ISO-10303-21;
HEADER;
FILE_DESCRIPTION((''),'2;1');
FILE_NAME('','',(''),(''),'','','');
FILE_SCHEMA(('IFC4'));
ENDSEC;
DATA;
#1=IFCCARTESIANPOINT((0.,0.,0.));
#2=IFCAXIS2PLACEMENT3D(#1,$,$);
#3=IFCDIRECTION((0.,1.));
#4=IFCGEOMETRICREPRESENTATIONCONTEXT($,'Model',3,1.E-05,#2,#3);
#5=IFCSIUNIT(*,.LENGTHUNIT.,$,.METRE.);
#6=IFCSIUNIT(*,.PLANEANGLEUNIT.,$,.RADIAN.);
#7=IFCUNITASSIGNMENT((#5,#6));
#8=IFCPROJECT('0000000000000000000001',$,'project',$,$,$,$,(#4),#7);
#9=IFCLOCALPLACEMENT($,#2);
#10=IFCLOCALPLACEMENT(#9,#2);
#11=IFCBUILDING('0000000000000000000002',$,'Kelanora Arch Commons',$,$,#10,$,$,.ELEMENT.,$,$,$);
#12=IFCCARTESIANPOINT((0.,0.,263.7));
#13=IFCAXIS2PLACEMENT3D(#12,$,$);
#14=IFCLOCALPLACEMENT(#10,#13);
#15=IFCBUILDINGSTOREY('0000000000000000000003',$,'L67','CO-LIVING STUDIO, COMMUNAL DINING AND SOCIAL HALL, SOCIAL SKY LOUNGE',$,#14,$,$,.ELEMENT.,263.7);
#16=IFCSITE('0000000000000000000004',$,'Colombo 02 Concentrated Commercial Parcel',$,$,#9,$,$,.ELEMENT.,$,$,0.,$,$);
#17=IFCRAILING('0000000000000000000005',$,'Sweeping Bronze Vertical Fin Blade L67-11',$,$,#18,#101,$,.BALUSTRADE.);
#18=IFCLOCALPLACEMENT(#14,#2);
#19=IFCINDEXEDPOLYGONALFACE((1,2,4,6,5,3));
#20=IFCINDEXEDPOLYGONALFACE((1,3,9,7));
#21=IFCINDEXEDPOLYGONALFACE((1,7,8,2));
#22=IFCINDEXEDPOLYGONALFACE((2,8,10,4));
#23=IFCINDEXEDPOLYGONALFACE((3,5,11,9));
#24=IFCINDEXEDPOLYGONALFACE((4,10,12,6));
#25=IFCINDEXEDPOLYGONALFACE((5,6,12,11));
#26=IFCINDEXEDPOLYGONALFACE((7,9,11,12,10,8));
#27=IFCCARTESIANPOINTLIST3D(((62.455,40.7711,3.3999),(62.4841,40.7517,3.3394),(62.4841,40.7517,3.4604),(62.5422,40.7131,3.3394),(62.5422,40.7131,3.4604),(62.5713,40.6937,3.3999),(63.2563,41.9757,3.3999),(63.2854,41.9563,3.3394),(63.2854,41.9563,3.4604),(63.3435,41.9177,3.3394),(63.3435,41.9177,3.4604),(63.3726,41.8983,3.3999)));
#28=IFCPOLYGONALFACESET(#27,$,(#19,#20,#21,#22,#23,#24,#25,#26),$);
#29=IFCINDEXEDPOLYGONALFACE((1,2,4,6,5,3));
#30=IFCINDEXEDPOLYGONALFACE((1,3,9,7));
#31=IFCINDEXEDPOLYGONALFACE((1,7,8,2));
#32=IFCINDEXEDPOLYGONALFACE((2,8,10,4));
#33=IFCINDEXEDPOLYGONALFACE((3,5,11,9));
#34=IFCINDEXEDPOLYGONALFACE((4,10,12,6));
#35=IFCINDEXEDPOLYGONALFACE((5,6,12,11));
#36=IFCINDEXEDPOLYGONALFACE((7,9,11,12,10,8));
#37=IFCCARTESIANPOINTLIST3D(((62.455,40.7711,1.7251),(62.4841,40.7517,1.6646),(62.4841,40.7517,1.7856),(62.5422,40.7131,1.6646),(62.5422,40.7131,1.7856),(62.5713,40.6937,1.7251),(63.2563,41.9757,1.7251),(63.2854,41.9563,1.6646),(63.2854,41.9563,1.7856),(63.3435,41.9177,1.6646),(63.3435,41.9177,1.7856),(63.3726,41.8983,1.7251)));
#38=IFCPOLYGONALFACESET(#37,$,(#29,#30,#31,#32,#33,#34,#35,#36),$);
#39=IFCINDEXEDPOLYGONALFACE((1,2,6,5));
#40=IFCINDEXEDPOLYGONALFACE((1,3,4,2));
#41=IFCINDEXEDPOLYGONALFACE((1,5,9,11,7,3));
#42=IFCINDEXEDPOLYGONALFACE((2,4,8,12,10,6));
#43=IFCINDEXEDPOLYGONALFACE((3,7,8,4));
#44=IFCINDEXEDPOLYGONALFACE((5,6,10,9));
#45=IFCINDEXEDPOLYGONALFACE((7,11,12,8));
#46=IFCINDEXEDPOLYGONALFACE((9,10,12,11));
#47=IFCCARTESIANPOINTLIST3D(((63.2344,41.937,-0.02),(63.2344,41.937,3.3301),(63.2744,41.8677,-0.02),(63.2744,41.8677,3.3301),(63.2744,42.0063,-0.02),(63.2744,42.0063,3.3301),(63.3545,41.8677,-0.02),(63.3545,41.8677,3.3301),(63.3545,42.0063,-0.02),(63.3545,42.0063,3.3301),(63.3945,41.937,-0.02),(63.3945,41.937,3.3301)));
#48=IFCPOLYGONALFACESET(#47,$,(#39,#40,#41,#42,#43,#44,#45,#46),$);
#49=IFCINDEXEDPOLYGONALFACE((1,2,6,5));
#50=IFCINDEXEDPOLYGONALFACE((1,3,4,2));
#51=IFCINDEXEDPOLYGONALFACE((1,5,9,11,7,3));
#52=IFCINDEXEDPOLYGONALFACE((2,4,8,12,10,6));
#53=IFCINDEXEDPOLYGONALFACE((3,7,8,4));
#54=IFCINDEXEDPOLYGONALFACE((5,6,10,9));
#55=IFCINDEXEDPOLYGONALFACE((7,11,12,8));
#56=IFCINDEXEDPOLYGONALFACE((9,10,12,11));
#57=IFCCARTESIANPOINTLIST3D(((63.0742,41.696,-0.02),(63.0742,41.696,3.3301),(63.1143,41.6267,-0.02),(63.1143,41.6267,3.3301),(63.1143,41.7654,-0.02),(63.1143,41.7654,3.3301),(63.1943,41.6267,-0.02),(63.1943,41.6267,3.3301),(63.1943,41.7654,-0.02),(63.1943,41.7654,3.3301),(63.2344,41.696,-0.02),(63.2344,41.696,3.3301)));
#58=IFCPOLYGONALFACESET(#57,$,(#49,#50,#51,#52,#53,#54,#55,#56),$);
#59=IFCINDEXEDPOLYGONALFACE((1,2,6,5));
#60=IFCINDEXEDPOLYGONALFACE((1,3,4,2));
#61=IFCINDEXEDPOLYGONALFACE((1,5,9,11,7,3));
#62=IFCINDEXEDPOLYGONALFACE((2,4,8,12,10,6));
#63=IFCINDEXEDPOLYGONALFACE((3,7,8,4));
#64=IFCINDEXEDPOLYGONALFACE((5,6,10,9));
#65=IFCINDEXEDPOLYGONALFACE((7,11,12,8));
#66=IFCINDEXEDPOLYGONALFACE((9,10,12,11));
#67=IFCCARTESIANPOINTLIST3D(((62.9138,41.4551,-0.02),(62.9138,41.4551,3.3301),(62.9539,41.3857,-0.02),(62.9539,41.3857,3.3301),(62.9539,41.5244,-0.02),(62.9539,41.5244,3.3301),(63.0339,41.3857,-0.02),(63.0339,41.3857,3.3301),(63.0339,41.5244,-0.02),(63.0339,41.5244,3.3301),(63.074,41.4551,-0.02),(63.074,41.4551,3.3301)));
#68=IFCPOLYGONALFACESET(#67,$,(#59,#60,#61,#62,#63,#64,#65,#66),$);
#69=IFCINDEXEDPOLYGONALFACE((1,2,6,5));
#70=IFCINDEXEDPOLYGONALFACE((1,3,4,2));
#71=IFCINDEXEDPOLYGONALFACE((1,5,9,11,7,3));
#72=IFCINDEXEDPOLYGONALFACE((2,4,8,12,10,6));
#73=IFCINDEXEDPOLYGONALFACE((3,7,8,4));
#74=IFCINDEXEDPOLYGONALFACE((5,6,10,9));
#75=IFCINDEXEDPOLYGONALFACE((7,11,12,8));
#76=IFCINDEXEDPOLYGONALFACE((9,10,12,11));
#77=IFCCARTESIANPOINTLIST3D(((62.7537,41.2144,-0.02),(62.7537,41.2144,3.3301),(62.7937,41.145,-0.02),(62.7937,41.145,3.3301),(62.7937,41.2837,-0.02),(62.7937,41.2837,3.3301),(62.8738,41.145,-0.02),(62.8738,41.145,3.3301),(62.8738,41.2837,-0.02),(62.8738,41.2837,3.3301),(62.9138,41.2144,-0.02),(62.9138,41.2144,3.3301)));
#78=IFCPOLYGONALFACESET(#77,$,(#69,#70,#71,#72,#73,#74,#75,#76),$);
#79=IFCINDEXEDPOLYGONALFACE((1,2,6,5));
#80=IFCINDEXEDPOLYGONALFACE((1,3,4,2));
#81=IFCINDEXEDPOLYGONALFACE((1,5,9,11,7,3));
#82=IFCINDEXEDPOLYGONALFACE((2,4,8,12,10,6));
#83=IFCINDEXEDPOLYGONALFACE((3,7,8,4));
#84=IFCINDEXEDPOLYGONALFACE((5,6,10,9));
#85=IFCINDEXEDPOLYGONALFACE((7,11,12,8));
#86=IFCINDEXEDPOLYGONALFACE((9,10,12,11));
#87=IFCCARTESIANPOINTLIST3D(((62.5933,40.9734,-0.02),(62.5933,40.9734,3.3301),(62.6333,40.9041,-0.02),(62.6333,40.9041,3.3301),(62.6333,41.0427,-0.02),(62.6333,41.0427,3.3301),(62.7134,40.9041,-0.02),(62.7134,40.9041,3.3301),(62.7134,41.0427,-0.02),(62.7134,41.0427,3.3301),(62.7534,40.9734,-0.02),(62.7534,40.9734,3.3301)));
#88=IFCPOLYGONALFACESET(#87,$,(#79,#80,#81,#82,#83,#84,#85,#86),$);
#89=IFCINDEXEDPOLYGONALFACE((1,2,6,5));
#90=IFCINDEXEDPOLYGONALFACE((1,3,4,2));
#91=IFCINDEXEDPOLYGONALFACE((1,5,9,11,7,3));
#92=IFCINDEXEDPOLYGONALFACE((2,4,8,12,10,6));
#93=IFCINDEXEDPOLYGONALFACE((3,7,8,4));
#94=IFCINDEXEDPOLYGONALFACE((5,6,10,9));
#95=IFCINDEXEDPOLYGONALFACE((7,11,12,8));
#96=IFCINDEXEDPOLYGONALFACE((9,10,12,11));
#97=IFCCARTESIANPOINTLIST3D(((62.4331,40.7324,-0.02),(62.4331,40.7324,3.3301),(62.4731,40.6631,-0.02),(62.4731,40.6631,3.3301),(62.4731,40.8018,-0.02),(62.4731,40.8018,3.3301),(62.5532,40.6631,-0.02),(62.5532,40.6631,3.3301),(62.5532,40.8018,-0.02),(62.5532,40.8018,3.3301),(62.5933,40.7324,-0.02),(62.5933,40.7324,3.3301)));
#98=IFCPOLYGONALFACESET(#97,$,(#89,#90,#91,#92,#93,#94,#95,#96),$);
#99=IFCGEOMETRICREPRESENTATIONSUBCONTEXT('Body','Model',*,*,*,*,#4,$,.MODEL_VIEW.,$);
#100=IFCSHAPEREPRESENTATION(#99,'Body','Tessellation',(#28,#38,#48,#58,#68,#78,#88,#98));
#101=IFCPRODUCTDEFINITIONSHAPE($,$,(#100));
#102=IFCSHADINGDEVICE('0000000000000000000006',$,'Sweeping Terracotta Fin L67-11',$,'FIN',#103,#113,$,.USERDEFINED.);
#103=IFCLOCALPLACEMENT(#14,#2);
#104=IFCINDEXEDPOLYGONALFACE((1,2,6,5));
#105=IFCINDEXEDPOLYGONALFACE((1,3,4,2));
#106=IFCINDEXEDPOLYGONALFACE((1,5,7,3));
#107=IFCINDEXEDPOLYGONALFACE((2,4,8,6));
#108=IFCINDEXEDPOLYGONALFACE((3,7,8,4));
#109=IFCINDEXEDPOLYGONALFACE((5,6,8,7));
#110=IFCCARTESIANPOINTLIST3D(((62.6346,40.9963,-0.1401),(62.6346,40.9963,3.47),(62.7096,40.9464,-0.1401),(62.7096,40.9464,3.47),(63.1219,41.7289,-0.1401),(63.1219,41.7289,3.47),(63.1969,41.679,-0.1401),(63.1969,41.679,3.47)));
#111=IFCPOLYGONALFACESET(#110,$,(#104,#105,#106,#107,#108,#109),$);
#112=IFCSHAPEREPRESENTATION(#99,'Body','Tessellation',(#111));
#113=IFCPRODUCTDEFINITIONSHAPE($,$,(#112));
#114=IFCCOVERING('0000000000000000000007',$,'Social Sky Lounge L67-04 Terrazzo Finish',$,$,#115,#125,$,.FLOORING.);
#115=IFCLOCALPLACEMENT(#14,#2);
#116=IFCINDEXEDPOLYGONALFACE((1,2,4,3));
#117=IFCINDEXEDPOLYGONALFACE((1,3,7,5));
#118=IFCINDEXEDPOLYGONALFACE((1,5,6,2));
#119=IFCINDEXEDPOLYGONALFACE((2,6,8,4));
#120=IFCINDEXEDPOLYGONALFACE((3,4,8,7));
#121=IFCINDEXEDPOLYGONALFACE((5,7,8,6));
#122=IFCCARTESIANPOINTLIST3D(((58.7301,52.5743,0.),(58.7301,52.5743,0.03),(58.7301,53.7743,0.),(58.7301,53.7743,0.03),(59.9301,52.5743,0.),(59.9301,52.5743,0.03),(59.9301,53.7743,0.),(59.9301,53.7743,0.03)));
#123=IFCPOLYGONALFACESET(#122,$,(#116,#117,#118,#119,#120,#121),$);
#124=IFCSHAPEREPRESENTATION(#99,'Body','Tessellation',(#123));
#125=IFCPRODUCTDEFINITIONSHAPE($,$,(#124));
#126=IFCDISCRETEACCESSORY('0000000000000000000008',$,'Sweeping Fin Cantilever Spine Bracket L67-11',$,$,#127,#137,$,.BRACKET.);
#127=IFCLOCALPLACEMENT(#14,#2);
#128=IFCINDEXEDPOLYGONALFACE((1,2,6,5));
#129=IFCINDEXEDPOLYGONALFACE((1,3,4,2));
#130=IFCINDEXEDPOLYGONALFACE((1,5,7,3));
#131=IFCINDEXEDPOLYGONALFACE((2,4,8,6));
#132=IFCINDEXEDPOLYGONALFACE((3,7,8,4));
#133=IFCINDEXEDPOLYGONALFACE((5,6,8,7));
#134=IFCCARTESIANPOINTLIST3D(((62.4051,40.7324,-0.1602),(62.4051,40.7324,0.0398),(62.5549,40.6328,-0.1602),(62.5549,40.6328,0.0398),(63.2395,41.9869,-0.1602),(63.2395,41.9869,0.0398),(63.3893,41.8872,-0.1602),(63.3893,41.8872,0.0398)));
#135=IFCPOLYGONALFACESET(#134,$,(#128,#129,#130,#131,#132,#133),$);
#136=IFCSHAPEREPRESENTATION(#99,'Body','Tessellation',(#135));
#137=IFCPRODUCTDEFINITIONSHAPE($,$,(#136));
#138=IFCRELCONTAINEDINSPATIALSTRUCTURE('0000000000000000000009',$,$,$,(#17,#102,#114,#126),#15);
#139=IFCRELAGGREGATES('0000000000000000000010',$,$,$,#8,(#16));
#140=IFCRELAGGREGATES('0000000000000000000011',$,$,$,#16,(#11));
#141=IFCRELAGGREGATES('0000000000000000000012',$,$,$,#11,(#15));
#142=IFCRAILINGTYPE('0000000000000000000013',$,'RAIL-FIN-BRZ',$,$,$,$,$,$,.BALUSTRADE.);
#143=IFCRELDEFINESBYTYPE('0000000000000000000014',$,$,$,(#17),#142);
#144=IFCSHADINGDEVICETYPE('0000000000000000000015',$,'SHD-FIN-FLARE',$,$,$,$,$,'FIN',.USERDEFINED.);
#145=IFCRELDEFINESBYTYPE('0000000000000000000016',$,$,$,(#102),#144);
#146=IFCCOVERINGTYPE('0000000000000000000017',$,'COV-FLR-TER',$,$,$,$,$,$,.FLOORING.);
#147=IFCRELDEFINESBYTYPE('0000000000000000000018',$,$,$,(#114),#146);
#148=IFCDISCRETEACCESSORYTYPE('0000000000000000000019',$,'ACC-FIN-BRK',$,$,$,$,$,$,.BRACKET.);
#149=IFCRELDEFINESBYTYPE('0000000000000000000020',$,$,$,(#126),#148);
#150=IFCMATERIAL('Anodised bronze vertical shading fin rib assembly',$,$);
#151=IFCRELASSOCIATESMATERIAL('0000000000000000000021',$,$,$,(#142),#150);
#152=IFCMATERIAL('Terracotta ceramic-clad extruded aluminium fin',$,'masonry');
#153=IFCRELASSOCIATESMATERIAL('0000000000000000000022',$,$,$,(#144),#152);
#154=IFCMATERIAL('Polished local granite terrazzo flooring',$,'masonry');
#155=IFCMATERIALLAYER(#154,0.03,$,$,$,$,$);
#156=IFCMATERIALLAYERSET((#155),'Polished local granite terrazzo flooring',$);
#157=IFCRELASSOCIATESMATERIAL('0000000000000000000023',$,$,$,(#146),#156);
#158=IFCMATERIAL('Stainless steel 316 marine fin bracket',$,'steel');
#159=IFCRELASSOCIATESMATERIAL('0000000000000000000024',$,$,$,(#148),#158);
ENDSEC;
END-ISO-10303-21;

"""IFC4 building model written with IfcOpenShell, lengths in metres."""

from ifc_helpers import new_model, si_unit, direction, frame, origin, origin_2d, place, context, subcontext, project, spatial, polyline, rectangle, outline, extrude, source, transform, mapped, material, layer, layer_set, type_object, element, save


model = new_model("IFC4")

# Units and contexts
model_context = context("Model", 3, precision=1e-05, world=origin(), true_north=direction((0.0, 1.0)))
body_context = subcontext(model_context, "Body", "Model", "MODEL_VIEW")
ifc_project = project(units=[si_unit("LENGTHUNIT", "METRE"), si_unit("PLANEANGLEUNIT", "RADIAN")], contexts=[model_context])

# Site, building, storey
site_placement = place(None, origin())
site = spatial("IfcSite", under=ifc_project, at=site_placement, Name="Colombo 02 Concentrated Commercial Parcel", CompositionType="ELEMENT", RefElevation=0.0)
building_placement = place(site_placement, origin())
building = spatial("IfcBuilding", under=site, at=building_placement, Name="Kelanora Arch Commons", CompositionType="ELEMENT")
storey_placement = place(building_placement, frame((0.0, 0.0, 263.7)))
storey = spatial("IfcBuildingStorey", under=building, at=storey_placement, Name="L67", Description="CO-LIVING STUDIO, COMMUNAL DINING AND SOCIAL HALL, SOCIAL SKY LOUNGE", CompositionType="ELEMENT", Elevation=263.7)

# Railing
ifc_material_1 = material(Name="Anodised bronze vertical shading fin rib assembly")
railing_type = type_object("IfcRailingType", Name="RAIL-FIN-BRZ", PredefinedType="BALUSTRADE", material=ifc_material_1)
railing_placement = place(storey_placement, frame((63.3145, 41.937, -0.02)))
element("IfcRailing", 1, at=railing_placement, inside=storey, type_object=railing_type, Name="Sweeping Bronze Vertical Fin Blade L67-11", PredefinedType="BALUSTRADE", context=body_context, shape_type="SweptSolid", body=[
    extrude(outline(polyline([(0.0698, 0.0), (0.0349, 0.0605), (-0.0349, 0.0605), (-0.0698, 0.0), (-0.0349, -0.0605), (0.0349, -0.0605), (0.0698, 0.0)])), frame((0.0, 0.0, 3.4199), z_axis=(-0.553843, -0.832621, 0.0), x_axis=(0.832621, -0.553843, 0.0)), (0.0, 0.0, 1.0), 1.4468),
    extrude(outline(polyline([(0.0698, 0.0), (0.0349, 0.0605), (-0.0349, 0.0605), (-0.0698, 0.0), (-0.0349, -0.0605), (0.0349, -0.0605), (0.0698, 0.0)])), frame((0.0, 0.0, 1.7451), z_axis=(-0.553843, -0.832621, 0.0), x_axis=(0.832621, -0.553843, 0.0)), (0.0, 0.0, 1.0), 1.4468),
    extrude(outline(polyline([(0.0801, 0.0), (0.04, 0.0693), (-0.04, 0.0693), (-0.0801, 0.0), (-0.04, -0.0693), (0.04, -0.0693), (0.0801, 0.0)])), origin(), (0.0, 0.0, 1.0), 3.3501),
    extrude(outline(polyline([(0.0801, 0.0), (0.04, 0.0693), (-0.04, 0.0693), (-0.0801, 0.0), (-0.04, -0.0693), (0.04, -0.0693), (0.0801, 0.0)])), frame((-0.1602, -0.241, 0.0)), (0.0, 0.0, 1.0), 3.3501),
    extrude(outline(polyline([(0.0801, 0.0), (0.04, 0.0693), (-0.04, 0.0693), (-0.0801, 0.0), (-0.04, -0.0693), (0.04, -0.0693), (0.0801, 0.0)])), frame((-0.3206, -0.4819, 0.0)), (0.0, 0.0, 1.0), 3.3501),
    extrude(outline(polyline([(0.0801, 0.0), (0.04, 0.0693), (-0.04, 0.0693), (-0.0801, 0.0), (-0.04, -0.0693), (0.04, -0.0693), (0.0801, 0.0)])), frame((-0.4807, -0.7227, 0.0)), (0.0, 0.0, 1.0), 3.3501),
    extrude(outline(polyline([(0.0801, 0.0), (0.04, 0.0693), (-0.04, 0.0693), (-0.0801, 0.0), (-0.04, -0.0693), (0.04, -0.0693), (0.0801, 0.0)])), frame((-0.6411, -0.9636, 0.0)), (0.0, 0.0, 1.0), 3.3501),
    extrude(outline(polyline([(0.0801, 0.0), (0.04, 0.0693), (-0.04, 0.0693), (-0.0801, 0.0), (-0.04, -0.0693), (0.04, -0.0693), (0.0801, 0.0)])), frame((-0.8013, -1.2046, 0.0)), (0.0, 0.0, 1.0), 3.3501),
])

# Shading device
ifc_material_2 = material(Name="Terracotta ceramic-clad extruded aluminium fin", Category="masonry")
shading_device_type = type_object("IfcShadingDeviceType", Name="SHD-FIN-FLARE", ElementType="FIN", PredefinedType="USERDEFINED", material=ifc_material_2)
shared_shape_1 = source(origin(), body_context, "Body", "SweptSolid", [
    extrude(rectangle(XDim=0.8799, YDim=0.0901, at=origin_2d()), origin(), (0.0, 0.0, 1.0), 3.6101),
])
shading_device_placement = place(storey_placement, frame((62.9158, 41.3376, -0.1401), z_axis=(0.0, 0.0, 1.0), x_axis=(-0.553828, -0.832631, 0.0)))
element("IfcShadingDevice", 2, at=shading_device_placement, inside=storey, type_object=shading_device_type, Name="Sweeping Terracotta Fin L67-11", ObjectType="FIN", PredefinedType="USERDEFINED", context=body_context, shape_type="MappedRepresentation", body=[
    mapped(shared_shape_1, transform((0.0, 0.0, 0.0), scale=1.0)),
])

# Covering
ifc_material_3 = material(Name="Polished local granite terrazzo flooring", Category="masonry")
ifc_layer_1 = layer(ifc_material_3, 0.03)
ifc_layer_set_1 = layer_set([ifc_layer_1], Name="Polished local granite terrazzo flooring")
covering_type = type_object("IfcCoveringType", Name="COV-FLR-TER", PredefinedType="FLOORING", material=ifc_layer_set_1)
shared_shape_2 = source(origin(), body_context, "Body", "SweptSolid", [
    extrude(rectangle(XDim=1.2, YDim=1.2, at=origin_2d()), origin(), (0.0, 0.0, 1.0), 0.03),
])
covering_placement = place(storey_placement, frame((59.3301, 53.1743, 0.0), z_axis=(0.0, 0.0, 1.0), x_axis=(1.0, 0.0, 0.0)))
element("IfcCovering", 3, at=covering_placement, inside=storey, type_object=covering_type, Name="Social Sky Lounge L67-04 Terrazzo Finish", PredefinedType="FLOORING", context=body_context, shape_type="MappedRepresentation", body=[
    mapped(shared_shape_2, transform((0.0, 0.0, 0.0), scale=1.0)),
])

# Discrete accessory
ifc_material_4 = material(Name="Stainless steel 316 marine fin bracket", Category="steel")
discrete_accessory_type = type_object("IfcDiscreteAccessoryType", Name="ACC-FIN-BRK", PredefinedType="BRACKET", material=ifc_material_4)
shared_shape_3 = source(origin(), body_context, "Body", "SweptSolid", [
    extrude(rectangle(XDim=1.5066, YDim=0.1799, at=origin_2d()), origin(), (0.0, 0.0, 1.0), 0.2),
])
discrete_accessory_placement = place(storey_placement, frame((62.8972, 41.3098, -0.1602), z_axis=(0.0, 0.0, 1.0), x_axis=(-0.553828, -0.832631, 0.0)))
element("IfcDiscreteAccessory", 4, at=discrete_accessory_placement, inside=storey, type_object=discrete_accessory_type, Name="Sweeping Fin Cantilever Spine Bracket L67-11", PredefinedType="BRACKET", context=body_context, shape_type="MappedRepresentation", body=[
    mapped(shared_shape_3, transform((0.0, 0.0, 0.0), scale=1.0)),
])

save(model, "model.ifc")
